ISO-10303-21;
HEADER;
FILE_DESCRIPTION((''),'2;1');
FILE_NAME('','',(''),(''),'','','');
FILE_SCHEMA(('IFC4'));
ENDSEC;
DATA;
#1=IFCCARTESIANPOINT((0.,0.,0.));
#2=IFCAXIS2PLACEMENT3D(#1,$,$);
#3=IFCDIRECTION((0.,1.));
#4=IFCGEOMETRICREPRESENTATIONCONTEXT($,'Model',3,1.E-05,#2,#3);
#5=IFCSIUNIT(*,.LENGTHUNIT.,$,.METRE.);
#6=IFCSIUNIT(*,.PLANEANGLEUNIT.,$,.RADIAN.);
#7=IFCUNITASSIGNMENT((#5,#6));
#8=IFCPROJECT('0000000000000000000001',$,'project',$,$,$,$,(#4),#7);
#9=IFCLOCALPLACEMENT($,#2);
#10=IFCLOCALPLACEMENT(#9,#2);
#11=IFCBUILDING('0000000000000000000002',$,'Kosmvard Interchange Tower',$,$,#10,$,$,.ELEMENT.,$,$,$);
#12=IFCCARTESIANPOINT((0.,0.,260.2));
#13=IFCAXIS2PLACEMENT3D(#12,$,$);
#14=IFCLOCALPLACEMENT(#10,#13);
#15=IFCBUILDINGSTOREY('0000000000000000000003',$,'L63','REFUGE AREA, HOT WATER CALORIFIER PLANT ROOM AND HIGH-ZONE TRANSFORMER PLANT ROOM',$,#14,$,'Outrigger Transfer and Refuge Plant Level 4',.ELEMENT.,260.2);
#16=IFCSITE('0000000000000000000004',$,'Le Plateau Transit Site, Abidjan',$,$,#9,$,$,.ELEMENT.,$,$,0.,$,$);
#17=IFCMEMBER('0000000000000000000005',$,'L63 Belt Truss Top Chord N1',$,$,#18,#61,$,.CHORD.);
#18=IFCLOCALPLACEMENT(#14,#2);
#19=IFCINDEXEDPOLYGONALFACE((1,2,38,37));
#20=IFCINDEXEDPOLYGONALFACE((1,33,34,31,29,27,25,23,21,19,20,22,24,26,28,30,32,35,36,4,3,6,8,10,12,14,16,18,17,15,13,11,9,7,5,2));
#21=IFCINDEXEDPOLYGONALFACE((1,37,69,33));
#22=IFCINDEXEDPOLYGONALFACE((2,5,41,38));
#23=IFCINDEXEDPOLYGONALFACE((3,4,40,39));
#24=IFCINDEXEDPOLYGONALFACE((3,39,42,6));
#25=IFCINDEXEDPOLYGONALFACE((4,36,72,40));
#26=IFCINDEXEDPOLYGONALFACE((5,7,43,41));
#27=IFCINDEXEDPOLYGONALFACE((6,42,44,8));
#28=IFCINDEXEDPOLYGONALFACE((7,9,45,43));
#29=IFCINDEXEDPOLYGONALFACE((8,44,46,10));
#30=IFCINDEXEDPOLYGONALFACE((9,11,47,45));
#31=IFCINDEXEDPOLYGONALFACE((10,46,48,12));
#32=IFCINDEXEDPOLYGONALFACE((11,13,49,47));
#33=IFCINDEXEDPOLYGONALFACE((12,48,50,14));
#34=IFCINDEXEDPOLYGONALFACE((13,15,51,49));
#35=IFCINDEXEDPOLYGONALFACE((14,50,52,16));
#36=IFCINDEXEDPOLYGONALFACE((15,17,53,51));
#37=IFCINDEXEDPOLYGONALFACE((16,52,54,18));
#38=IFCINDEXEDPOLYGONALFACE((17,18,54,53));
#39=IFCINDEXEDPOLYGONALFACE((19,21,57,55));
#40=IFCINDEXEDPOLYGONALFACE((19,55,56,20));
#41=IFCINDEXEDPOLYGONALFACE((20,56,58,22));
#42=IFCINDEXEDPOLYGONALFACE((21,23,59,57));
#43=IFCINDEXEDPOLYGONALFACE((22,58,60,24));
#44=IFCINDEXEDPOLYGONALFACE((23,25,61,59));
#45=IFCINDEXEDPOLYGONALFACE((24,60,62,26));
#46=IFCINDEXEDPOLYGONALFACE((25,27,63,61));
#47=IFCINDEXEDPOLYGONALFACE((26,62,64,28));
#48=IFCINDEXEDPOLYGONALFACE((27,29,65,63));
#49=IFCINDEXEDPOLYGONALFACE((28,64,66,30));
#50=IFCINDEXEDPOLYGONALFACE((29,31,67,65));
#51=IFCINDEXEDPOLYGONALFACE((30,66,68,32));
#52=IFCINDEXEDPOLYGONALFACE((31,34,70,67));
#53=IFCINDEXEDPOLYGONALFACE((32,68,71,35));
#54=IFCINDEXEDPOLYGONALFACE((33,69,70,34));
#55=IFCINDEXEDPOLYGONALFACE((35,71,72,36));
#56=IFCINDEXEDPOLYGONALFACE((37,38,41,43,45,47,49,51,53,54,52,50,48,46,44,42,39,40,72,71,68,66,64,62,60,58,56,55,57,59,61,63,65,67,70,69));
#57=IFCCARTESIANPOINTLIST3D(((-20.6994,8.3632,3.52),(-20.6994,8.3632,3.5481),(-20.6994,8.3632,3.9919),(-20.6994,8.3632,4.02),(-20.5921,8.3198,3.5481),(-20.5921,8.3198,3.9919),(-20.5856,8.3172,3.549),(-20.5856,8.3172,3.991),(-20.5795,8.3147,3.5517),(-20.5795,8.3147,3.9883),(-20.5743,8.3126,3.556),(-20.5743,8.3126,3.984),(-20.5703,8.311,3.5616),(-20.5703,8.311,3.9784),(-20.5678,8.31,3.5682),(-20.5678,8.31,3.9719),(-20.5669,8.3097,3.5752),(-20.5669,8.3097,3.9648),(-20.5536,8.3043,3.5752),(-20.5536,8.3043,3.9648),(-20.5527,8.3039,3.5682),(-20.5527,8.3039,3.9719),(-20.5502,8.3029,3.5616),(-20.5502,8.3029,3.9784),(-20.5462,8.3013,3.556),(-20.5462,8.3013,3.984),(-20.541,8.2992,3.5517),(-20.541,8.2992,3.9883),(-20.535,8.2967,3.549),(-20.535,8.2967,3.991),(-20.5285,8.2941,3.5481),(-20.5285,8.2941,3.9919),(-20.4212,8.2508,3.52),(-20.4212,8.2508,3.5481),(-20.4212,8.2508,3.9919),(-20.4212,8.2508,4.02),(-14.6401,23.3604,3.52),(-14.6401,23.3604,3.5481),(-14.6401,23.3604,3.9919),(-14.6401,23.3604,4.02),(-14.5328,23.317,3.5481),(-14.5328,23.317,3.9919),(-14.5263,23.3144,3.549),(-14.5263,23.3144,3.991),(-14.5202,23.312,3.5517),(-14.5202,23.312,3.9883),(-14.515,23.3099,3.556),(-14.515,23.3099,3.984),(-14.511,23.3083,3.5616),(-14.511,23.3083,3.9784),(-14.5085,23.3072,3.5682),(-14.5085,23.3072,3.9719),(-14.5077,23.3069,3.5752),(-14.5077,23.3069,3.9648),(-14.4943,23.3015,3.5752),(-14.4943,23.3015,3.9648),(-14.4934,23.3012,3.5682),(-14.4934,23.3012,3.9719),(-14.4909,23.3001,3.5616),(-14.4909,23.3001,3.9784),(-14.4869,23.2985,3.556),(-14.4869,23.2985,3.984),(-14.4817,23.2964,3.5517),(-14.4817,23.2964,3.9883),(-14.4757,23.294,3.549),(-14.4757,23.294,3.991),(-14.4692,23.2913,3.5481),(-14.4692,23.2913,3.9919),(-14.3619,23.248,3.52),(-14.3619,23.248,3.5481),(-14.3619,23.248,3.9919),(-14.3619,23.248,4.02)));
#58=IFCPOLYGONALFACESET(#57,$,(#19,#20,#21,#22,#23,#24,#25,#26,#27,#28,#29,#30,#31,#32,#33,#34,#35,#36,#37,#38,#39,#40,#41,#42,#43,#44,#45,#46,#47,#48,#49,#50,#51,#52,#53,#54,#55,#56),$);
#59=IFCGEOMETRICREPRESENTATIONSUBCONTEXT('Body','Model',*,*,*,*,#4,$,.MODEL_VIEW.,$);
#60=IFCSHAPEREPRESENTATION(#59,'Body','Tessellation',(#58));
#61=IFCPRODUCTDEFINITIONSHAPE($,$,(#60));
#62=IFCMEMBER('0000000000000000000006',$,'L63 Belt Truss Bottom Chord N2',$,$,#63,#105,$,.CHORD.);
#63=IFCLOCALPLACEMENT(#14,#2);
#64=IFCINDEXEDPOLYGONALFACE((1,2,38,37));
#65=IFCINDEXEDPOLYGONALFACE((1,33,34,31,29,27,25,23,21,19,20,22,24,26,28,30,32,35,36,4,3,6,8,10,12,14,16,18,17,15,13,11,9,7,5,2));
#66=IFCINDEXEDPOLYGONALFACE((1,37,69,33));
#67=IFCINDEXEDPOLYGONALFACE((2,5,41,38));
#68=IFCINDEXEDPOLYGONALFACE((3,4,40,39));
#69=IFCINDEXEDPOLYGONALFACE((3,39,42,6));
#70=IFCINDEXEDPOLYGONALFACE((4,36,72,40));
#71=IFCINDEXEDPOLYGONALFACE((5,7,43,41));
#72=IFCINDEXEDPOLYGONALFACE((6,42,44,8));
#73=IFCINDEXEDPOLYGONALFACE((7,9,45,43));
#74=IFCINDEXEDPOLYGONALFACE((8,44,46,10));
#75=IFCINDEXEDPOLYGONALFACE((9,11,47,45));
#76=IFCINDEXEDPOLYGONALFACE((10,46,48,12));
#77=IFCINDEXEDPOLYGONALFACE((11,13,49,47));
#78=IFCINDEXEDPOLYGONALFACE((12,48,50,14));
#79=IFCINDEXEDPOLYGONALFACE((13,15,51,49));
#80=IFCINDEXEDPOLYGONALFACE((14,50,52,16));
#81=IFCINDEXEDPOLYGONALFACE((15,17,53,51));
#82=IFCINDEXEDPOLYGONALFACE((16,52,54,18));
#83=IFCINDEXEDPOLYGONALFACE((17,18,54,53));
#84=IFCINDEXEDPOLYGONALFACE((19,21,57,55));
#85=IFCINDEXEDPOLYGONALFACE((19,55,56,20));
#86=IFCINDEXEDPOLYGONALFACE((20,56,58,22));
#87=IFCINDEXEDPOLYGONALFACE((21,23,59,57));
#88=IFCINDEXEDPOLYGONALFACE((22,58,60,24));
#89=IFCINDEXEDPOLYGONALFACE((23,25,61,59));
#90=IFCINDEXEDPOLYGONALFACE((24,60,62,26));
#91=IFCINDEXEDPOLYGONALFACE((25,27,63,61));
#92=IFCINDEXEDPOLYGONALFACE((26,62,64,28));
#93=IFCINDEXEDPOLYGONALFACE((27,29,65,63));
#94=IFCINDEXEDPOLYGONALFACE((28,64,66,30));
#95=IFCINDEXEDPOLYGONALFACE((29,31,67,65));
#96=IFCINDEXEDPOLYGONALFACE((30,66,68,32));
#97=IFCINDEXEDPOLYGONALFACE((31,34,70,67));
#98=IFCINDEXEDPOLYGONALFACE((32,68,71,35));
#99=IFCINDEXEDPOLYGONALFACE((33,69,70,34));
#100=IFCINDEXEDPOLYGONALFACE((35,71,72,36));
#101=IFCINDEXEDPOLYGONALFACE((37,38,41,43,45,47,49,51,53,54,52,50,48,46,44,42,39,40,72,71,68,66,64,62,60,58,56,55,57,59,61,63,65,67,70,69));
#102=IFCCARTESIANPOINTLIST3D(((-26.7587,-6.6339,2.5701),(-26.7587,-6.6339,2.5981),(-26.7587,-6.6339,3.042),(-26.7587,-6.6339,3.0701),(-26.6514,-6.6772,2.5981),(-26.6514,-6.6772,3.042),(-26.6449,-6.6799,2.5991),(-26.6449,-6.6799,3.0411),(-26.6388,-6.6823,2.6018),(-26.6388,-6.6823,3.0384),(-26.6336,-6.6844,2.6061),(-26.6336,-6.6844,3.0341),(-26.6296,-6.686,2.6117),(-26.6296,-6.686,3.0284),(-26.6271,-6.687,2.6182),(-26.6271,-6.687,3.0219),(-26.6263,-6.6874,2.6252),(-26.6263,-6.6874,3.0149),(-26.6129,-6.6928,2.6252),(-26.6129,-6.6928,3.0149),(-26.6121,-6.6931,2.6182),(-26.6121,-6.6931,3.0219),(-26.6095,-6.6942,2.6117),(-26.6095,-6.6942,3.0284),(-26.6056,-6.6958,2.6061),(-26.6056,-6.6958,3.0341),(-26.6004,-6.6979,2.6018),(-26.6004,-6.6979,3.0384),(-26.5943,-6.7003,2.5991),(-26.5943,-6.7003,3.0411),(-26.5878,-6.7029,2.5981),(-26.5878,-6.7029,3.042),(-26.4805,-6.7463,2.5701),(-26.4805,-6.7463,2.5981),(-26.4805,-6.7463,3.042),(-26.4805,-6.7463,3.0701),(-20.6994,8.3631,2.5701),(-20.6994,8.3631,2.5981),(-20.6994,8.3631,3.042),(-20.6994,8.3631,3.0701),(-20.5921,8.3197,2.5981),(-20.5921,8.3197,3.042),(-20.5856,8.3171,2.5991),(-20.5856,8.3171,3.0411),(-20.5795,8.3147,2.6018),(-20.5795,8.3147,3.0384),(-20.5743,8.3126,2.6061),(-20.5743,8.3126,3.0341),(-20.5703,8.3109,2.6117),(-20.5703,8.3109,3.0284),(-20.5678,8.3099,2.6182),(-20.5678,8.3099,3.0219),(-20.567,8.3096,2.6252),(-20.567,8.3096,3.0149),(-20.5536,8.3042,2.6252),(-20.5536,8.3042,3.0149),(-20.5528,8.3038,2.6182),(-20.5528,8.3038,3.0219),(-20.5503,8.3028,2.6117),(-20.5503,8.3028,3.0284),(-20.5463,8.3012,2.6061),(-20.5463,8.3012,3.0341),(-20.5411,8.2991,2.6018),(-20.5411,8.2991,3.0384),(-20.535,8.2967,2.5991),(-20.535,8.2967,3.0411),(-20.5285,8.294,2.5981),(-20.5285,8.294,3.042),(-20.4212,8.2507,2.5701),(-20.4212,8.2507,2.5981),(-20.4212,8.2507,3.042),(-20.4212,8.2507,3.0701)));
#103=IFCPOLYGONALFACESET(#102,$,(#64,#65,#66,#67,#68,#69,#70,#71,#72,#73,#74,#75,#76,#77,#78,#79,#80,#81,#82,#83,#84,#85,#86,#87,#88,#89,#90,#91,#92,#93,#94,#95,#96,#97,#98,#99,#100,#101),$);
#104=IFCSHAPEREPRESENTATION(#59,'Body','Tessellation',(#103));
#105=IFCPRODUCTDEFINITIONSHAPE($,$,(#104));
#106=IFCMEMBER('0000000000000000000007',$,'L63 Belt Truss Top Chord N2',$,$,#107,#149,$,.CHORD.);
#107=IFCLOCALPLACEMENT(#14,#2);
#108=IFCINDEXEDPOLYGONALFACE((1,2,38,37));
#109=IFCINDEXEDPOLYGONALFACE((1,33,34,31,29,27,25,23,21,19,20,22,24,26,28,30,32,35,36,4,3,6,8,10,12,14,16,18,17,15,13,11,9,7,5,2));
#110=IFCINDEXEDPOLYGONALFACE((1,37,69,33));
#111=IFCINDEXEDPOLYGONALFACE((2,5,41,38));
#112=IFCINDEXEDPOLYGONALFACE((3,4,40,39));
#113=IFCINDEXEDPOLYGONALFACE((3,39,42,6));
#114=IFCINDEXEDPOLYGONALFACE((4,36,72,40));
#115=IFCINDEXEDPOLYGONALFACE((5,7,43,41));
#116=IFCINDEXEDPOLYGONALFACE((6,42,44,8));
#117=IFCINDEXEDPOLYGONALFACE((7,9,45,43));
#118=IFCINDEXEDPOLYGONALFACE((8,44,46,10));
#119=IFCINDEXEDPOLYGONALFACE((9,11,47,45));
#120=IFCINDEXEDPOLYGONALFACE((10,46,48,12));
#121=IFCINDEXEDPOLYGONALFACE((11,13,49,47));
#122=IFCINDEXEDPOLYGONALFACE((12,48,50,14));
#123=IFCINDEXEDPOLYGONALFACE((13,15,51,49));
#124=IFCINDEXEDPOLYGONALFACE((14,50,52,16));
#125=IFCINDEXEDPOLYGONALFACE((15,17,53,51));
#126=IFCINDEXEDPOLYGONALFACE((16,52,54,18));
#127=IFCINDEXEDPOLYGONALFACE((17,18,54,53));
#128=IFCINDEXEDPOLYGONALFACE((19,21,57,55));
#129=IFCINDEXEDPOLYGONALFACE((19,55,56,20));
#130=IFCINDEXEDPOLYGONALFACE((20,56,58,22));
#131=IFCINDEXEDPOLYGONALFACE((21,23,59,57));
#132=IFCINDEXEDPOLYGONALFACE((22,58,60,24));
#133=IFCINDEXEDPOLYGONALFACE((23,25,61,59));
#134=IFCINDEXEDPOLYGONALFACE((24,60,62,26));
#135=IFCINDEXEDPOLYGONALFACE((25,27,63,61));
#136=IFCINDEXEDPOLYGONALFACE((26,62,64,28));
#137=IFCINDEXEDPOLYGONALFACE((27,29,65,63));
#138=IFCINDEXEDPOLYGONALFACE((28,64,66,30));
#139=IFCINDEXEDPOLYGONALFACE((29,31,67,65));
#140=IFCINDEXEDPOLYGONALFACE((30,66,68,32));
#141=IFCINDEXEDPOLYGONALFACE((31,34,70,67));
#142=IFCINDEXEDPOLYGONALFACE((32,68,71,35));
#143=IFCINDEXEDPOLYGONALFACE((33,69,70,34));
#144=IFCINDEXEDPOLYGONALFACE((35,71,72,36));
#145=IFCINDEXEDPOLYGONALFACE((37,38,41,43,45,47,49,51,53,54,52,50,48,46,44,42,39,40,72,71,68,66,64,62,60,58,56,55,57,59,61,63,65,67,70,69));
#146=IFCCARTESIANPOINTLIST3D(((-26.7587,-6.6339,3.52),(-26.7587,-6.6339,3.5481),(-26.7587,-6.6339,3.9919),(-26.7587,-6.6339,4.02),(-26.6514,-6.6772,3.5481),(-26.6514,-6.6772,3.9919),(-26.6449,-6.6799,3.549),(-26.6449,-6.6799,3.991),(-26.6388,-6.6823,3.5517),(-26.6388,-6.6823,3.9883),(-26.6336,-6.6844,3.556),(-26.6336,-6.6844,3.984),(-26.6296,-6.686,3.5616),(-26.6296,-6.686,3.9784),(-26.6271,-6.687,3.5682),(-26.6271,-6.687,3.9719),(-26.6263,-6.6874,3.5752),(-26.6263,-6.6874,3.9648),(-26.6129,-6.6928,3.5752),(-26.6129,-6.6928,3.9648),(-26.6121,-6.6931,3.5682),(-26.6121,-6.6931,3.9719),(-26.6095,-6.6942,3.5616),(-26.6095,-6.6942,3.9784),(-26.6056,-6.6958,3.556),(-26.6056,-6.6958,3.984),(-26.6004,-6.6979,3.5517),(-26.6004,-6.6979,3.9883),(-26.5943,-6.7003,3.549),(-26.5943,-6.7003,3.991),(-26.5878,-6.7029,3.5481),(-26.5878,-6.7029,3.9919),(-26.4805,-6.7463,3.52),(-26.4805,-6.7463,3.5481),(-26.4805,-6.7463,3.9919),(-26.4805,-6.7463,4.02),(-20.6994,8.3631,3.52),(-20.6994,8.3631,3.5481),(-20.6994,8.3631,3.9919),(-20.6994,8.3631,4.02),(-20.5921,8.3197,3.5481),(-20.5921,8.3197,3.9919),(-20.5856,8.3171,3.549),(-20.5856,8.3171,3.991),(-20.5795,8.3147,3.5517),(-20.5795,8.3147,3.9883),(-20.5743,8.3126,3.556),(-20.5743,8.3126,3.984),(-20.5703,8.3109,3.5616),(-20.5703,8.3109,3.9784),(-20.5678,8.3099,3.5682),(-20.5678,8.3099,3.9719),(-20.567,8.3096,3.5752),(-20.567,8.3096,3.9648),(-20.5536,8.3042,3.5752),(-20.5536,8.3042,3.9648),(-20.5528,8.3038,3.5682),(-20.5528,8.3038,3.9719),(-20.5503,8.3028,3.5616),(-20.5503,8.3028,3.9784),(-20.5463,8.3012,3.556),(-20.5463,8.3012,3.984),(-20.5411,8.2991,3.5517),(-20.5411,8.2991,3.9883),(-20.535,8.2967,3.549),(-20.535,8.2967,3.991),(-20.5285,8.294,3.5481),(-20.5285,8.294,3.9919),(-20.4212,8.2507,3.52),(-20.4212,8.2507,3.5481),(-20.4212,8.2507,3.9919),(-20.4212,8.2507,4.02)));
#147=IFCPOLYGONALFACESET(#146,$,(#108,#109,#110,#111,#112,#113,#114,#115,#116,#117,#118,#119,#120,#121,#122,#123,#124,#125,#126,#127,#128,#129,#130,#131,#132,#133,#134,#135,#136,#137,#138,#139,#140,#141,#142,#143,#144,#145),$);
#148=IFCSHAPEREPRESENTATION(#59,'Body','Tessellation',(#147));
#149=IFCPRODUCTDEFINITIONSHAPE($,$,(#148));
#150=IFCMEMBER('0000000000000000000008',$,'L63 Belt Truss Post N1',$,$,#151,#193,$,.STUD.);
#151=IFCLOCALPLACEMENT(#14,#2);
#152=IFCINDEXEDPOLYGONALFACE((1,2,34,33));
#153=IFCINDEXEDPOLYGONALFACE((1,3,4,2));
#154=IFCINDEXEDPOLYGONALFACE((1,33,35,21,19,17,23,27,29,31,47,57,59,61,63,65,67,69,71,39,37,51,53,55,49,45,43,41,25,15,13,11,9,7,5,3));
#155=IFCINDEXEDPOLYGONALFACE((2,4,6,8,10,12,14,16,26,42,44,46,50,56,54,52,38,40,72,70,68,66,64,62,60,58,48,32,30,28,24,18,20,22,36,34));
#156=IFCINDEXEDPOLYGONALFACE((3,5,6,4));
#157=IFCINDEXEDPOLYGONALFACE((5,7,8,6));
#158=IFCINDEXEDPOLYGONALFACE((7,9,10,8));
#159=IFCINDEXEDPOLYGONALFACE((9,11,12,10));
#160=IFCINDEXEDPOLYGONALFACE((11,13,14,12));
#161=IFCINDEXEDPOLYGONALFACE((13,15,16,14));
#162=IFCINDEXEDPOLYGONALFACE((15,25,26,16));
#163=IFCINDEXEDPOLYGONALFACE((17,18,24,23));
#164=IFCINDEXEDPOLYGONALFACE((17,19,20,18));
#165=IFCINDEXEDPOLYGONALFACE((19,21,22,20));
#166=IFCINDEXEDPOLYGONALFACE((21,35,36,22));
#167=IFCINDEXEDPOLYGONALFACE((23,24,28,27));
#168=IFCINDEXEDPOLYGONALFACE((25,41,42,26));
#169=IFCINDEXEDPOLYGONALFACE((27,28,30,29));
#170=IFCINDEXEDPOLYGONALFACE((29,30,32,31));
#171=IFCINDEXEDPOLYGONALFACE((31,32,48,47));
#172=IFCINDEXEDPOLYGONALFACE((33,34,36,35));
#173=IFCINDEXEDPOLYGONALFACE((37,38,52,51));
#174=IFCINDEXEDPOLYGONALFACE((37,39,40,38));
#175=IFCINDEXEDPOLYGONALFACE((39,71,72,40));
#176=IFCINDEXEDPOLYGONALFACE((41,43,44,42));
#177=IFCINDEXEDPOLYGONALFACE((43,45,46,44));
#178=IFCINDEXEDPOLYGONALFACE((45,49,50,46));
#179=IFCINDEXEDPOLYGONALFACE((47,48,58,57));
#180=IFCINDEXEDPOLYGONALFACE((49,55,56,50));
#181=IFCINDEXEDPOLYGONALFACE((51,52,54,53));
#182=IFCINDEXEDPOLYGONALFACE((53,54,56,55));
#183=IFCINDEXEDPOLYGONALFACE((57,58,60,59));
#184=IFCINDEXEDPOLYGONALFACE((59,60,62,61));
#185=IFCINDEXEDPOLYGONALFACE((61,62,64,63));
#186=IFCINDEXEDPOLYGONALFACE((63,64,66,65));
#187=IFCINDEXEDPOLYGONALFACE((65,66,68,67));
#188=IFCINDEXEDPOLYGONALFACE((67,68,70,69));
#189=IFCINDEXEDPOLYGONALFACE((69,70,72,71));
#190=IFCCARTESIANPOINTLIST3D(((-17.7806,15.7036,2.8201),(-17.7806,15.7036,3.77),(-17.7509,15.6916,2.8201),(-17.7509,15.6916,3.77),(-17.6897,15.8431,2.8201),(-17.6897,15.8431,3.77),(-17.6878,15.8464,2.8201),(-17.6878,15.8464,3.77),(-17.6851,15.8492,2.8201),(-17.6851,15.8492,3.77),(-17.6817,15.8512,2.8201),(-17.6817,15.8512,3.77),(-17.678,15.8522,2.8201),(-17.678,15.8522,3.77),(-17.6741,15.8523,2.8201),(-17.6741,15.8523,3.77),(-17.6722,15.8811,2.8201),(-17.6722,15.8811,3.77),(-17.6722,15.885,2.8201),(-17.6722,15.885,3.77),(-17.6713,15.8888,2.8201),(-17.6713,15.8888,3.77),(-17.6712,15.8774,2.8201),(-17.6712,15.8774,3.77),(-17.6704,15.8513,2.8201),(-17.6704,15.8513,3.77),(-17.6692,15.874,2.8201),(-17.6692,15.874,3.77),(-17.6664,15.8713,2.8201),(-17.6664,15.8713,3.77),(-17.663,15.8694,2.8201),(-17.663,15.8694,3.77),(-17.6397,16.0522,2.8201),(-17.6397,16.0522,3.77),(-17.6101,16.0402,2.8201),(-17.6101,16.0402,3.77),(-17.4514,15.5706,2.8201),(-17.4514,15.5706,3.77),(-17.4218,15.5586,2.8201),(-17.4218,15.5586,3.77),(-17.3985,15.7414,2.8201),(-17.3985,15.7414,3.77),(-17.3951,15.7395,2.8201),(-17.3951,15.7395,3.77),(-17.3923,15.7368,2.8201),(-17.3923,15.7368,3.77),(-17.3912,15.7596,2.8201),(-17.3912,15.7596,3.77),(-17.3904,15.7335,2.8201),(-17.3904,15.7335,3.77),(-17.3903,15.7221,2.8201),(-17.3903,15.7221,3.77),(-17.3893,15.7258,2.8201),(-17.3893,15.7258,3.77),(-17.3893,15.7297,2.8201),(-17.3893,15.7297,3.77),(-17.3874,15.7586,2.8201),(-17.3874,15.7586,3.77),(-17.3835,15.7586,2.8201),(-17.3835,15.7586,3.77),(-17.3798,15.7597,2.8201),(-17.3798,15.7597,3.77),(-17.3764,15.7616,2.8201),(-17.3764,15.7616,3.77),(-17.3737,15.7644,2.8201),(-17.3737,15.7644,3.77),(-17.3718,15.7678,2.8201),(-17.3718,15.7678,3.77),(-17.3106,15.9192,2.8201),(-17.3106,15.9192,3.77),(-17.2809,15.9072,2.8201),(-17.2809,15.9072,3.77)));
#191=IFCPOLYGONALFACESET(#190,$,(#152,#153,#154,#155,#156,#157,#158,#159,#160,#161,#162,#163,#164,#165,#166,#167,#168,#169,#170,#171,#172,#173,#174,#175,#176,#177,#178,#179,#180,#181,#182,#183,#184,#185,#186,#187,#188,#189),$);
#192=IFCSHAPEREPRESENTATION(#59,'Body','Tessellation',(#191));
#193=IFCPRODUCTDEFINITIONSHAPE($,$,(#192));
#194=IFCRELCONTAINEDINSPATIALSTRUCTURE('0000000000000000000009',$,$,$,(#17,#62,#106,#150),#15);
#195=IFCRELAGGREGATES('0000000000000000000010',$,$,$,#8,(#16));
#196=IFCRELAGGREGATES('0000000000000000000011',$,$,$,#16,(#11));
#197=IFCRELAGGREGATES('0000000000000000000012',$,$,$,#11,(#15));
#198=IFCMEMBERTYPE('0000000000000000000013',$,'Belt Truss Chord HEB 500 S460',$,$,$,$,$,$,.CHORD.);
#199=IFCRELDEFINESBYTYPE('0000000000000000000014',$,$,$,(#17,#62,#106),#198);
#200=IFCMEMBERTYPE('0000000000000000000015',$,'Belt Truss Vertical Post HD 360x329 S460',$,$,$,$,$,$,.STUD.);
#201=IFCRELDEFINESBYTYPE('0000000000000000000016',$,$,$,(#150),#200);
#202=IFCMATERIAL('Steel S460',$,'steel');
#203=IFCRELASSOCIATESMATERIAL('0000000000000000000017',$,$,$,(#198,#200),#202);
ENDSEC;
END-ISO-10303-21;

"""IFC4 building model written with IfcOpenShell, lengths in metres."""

from ifc_helpers import new_model, si_unit, direction, frame, origin, origin_2d, place, context, subcontext, project, spatial, i_section, extrude, source, transform, mapped, material, material_profile, profile_set, type_object, element, save


model = new_model("IFC4")

# Units and contexts
model_context = context("Model", 3, precision=1e-05, world=origin(), true_north=direction((0.0, 1.0)))
body_context = subcontext(model_context, "Body", "Model", "MODEL_VIEW")
ifc_project = project(units=[si_unit("LENGTHUNIT", "METRE"), si_unit("PLANEANGLEUNIT", "RADIAN")], contexts=[model_context])

# Site, building, storey
site_placement = place(None, origin())
site = spatial("IfcSite", under=ifc_project, at=site_placement, Name="Le Plateau Transit Site, Abidjan", CompositionType="ELEMENT", RefElevation=0.0)
building_placement = place(site_placement, origin())
building = spatial("IfcBuilding", under=site, at=building_placement, Name="Kosmvard Interchange Tower", CompositionType="ELEMENT")
storey_placement = place(building_placement, frame((0.0, 0.0, 260.2)))
storey = spatial("IfcBuildingStorey", under=building, at=storey_placement, Name="L63", Description="REFUGE AREA, HOT WATER CALORIFIER PLANT ROOM AND HIGH-ZONE TRANSFORMER PLANT ROOM", LongName="Outrigger Transfer and Refuge Plant Level 4", CompositionType="ELEMENT", Elevation=260.2)

# Members
ifc_material_1 = material(Name="Steel S460", Category="steel")
ifc_material_profile_1 = material_profile(ifc_material_1, i_section(OverallWidth=0.3, OverallDepth=0.5, WebThickness=0.0144, FlangeThickness=0.0281, FilletRadius=0.0271, at=origin_2d()), Name="HEB 500")
ifc_profile_set_1 = profile_set([ifc_material_profile_1], Name="Steel S460")
member_type_1 = type_object("IfcMemberType", Name="Belt Truss Chord HEB 500 S460", PredefinedType="CHORD", material=ifc_profile_set_1)
shared_shape_1 = source(origin(), body_context, "Body", "SweptSolid", [
    extrude(i_section(OverallWidth=0.3, OverallDepth=0.5, WebThickness=0.0144, FlangeThickness=0.0281, FilletRadius=0.0271, at=origin_2d()), origin(), (0.0, 0.0, 1.0), 16.175),
])
for number, where, z_axis, x_axis, name in (
    (1, (-14.501, 23.3042, 3.77), (-0.374608, -0.927183, 0.0), (0.927183, -0.374608, 0.0), "L63 Belt Truss Top Chord N1"),
):
    element("IfcMember", number, at=place(storey_placement, frame(where, z_axis=z_axis, x_axis=x_axis)), inside=storey, type_object=member_type_1, Name=name, PredefinedType="CHORD", context=body_context, shape_type="MappedRepresentation", body=[
        mapped(shared_shape_1, transform((0.0, 0.0, 0.0), scale=1.0)),
    ])
shared_shape_2 = source(origin(), body_context, "Body", "SweptSolid", [
    extrude(i_section(OverallWidth=0.3, OverallDepth=0.5, WebThickness=0.0144, FlangeThickness=0.0281, FilletRadius=0.0271, at=origin_2d()), origin(), (0.0, 0.0, 1.0), 16.1748),
])
for number, where, z_axis, x_axis, name in (
    (2, (-20.5603, 8.3069, 2.8201), (-0.374613, -0.927181, 0.0), (0.927181, -0.374613, 0.0), "L63 Belt Truss Bottom Chord N2"),
    (3, (-20.5603, 8.3069, 3.77), (-0.374613, -0.927181, 0.0), (0.927181, -0.374613, 0.0), "L63 Belt Truss Top Chord N2"),
):
    element("IfcMember", number, at=place(storey_placement, frame(where, z_axis=z_axis, x_axis=x_axis)), inside=storey, type_object=member_type_1, Name=name, PredefinedType="CHORD", context=body_context, shape_type="MappedRepresentation", body=[
        mapped(shared_shape_2, transform((0.0, 0.0, 0.0), scale=1.0)),
    ])
ifc_material_profile_2 = material_profile(ifc_material_1, i_section(OverallWidth=0.376, OverallDepth=0.387, WebThickness=0.0195, FlangeThickness=0.032, FilletRadius=0.0149, at=origin_2d()), Name="HD 360x329")
ifc_profile_set_2 = profile_set([ifc_material_profile_2], Name="Steel S460")
member_type_2 = type_object("IfcMemberType", Name="Belt Truss Vertical Post HD 360x329 S460", PredefinedType="STUD", material=ifc_profile_set_2)
shared_shape_3 = source(origin(), body_context, "Body", "SweptSolid", [
    extrude(i_section(OverallWidth=0.376, OverallDepth=0.387, WebThickness=0.0195, FlangeThickness=0.032, FilletRadius=0.0149, at=origin_2d()), origin(), (0.0, 0.0, 1.0), 0.95),
])
for number, where, z_axis, x_axis, name in (
    (4, (-17.5308, 15.8054, 2.8201), (0.0, 0.0, 1.0), (0.374607, 0.927184, 0.0), "L63 Belt Truss Post N1"),
):
    element("IfcMember", number, at=place(storey_placement, frame(where, z_axis=z_axis, x_axis=x_axis)), inside=storey, type_object=member_type_2, Name=name, PredefinedType="STUD", context=body_context, shape_type="MappedRepresentation", body=[
        mapped(shared_shape_3, transform((0.0, 0.0, 0.0), scale=1.0)),
    ])

save(model, "model.ifc")
